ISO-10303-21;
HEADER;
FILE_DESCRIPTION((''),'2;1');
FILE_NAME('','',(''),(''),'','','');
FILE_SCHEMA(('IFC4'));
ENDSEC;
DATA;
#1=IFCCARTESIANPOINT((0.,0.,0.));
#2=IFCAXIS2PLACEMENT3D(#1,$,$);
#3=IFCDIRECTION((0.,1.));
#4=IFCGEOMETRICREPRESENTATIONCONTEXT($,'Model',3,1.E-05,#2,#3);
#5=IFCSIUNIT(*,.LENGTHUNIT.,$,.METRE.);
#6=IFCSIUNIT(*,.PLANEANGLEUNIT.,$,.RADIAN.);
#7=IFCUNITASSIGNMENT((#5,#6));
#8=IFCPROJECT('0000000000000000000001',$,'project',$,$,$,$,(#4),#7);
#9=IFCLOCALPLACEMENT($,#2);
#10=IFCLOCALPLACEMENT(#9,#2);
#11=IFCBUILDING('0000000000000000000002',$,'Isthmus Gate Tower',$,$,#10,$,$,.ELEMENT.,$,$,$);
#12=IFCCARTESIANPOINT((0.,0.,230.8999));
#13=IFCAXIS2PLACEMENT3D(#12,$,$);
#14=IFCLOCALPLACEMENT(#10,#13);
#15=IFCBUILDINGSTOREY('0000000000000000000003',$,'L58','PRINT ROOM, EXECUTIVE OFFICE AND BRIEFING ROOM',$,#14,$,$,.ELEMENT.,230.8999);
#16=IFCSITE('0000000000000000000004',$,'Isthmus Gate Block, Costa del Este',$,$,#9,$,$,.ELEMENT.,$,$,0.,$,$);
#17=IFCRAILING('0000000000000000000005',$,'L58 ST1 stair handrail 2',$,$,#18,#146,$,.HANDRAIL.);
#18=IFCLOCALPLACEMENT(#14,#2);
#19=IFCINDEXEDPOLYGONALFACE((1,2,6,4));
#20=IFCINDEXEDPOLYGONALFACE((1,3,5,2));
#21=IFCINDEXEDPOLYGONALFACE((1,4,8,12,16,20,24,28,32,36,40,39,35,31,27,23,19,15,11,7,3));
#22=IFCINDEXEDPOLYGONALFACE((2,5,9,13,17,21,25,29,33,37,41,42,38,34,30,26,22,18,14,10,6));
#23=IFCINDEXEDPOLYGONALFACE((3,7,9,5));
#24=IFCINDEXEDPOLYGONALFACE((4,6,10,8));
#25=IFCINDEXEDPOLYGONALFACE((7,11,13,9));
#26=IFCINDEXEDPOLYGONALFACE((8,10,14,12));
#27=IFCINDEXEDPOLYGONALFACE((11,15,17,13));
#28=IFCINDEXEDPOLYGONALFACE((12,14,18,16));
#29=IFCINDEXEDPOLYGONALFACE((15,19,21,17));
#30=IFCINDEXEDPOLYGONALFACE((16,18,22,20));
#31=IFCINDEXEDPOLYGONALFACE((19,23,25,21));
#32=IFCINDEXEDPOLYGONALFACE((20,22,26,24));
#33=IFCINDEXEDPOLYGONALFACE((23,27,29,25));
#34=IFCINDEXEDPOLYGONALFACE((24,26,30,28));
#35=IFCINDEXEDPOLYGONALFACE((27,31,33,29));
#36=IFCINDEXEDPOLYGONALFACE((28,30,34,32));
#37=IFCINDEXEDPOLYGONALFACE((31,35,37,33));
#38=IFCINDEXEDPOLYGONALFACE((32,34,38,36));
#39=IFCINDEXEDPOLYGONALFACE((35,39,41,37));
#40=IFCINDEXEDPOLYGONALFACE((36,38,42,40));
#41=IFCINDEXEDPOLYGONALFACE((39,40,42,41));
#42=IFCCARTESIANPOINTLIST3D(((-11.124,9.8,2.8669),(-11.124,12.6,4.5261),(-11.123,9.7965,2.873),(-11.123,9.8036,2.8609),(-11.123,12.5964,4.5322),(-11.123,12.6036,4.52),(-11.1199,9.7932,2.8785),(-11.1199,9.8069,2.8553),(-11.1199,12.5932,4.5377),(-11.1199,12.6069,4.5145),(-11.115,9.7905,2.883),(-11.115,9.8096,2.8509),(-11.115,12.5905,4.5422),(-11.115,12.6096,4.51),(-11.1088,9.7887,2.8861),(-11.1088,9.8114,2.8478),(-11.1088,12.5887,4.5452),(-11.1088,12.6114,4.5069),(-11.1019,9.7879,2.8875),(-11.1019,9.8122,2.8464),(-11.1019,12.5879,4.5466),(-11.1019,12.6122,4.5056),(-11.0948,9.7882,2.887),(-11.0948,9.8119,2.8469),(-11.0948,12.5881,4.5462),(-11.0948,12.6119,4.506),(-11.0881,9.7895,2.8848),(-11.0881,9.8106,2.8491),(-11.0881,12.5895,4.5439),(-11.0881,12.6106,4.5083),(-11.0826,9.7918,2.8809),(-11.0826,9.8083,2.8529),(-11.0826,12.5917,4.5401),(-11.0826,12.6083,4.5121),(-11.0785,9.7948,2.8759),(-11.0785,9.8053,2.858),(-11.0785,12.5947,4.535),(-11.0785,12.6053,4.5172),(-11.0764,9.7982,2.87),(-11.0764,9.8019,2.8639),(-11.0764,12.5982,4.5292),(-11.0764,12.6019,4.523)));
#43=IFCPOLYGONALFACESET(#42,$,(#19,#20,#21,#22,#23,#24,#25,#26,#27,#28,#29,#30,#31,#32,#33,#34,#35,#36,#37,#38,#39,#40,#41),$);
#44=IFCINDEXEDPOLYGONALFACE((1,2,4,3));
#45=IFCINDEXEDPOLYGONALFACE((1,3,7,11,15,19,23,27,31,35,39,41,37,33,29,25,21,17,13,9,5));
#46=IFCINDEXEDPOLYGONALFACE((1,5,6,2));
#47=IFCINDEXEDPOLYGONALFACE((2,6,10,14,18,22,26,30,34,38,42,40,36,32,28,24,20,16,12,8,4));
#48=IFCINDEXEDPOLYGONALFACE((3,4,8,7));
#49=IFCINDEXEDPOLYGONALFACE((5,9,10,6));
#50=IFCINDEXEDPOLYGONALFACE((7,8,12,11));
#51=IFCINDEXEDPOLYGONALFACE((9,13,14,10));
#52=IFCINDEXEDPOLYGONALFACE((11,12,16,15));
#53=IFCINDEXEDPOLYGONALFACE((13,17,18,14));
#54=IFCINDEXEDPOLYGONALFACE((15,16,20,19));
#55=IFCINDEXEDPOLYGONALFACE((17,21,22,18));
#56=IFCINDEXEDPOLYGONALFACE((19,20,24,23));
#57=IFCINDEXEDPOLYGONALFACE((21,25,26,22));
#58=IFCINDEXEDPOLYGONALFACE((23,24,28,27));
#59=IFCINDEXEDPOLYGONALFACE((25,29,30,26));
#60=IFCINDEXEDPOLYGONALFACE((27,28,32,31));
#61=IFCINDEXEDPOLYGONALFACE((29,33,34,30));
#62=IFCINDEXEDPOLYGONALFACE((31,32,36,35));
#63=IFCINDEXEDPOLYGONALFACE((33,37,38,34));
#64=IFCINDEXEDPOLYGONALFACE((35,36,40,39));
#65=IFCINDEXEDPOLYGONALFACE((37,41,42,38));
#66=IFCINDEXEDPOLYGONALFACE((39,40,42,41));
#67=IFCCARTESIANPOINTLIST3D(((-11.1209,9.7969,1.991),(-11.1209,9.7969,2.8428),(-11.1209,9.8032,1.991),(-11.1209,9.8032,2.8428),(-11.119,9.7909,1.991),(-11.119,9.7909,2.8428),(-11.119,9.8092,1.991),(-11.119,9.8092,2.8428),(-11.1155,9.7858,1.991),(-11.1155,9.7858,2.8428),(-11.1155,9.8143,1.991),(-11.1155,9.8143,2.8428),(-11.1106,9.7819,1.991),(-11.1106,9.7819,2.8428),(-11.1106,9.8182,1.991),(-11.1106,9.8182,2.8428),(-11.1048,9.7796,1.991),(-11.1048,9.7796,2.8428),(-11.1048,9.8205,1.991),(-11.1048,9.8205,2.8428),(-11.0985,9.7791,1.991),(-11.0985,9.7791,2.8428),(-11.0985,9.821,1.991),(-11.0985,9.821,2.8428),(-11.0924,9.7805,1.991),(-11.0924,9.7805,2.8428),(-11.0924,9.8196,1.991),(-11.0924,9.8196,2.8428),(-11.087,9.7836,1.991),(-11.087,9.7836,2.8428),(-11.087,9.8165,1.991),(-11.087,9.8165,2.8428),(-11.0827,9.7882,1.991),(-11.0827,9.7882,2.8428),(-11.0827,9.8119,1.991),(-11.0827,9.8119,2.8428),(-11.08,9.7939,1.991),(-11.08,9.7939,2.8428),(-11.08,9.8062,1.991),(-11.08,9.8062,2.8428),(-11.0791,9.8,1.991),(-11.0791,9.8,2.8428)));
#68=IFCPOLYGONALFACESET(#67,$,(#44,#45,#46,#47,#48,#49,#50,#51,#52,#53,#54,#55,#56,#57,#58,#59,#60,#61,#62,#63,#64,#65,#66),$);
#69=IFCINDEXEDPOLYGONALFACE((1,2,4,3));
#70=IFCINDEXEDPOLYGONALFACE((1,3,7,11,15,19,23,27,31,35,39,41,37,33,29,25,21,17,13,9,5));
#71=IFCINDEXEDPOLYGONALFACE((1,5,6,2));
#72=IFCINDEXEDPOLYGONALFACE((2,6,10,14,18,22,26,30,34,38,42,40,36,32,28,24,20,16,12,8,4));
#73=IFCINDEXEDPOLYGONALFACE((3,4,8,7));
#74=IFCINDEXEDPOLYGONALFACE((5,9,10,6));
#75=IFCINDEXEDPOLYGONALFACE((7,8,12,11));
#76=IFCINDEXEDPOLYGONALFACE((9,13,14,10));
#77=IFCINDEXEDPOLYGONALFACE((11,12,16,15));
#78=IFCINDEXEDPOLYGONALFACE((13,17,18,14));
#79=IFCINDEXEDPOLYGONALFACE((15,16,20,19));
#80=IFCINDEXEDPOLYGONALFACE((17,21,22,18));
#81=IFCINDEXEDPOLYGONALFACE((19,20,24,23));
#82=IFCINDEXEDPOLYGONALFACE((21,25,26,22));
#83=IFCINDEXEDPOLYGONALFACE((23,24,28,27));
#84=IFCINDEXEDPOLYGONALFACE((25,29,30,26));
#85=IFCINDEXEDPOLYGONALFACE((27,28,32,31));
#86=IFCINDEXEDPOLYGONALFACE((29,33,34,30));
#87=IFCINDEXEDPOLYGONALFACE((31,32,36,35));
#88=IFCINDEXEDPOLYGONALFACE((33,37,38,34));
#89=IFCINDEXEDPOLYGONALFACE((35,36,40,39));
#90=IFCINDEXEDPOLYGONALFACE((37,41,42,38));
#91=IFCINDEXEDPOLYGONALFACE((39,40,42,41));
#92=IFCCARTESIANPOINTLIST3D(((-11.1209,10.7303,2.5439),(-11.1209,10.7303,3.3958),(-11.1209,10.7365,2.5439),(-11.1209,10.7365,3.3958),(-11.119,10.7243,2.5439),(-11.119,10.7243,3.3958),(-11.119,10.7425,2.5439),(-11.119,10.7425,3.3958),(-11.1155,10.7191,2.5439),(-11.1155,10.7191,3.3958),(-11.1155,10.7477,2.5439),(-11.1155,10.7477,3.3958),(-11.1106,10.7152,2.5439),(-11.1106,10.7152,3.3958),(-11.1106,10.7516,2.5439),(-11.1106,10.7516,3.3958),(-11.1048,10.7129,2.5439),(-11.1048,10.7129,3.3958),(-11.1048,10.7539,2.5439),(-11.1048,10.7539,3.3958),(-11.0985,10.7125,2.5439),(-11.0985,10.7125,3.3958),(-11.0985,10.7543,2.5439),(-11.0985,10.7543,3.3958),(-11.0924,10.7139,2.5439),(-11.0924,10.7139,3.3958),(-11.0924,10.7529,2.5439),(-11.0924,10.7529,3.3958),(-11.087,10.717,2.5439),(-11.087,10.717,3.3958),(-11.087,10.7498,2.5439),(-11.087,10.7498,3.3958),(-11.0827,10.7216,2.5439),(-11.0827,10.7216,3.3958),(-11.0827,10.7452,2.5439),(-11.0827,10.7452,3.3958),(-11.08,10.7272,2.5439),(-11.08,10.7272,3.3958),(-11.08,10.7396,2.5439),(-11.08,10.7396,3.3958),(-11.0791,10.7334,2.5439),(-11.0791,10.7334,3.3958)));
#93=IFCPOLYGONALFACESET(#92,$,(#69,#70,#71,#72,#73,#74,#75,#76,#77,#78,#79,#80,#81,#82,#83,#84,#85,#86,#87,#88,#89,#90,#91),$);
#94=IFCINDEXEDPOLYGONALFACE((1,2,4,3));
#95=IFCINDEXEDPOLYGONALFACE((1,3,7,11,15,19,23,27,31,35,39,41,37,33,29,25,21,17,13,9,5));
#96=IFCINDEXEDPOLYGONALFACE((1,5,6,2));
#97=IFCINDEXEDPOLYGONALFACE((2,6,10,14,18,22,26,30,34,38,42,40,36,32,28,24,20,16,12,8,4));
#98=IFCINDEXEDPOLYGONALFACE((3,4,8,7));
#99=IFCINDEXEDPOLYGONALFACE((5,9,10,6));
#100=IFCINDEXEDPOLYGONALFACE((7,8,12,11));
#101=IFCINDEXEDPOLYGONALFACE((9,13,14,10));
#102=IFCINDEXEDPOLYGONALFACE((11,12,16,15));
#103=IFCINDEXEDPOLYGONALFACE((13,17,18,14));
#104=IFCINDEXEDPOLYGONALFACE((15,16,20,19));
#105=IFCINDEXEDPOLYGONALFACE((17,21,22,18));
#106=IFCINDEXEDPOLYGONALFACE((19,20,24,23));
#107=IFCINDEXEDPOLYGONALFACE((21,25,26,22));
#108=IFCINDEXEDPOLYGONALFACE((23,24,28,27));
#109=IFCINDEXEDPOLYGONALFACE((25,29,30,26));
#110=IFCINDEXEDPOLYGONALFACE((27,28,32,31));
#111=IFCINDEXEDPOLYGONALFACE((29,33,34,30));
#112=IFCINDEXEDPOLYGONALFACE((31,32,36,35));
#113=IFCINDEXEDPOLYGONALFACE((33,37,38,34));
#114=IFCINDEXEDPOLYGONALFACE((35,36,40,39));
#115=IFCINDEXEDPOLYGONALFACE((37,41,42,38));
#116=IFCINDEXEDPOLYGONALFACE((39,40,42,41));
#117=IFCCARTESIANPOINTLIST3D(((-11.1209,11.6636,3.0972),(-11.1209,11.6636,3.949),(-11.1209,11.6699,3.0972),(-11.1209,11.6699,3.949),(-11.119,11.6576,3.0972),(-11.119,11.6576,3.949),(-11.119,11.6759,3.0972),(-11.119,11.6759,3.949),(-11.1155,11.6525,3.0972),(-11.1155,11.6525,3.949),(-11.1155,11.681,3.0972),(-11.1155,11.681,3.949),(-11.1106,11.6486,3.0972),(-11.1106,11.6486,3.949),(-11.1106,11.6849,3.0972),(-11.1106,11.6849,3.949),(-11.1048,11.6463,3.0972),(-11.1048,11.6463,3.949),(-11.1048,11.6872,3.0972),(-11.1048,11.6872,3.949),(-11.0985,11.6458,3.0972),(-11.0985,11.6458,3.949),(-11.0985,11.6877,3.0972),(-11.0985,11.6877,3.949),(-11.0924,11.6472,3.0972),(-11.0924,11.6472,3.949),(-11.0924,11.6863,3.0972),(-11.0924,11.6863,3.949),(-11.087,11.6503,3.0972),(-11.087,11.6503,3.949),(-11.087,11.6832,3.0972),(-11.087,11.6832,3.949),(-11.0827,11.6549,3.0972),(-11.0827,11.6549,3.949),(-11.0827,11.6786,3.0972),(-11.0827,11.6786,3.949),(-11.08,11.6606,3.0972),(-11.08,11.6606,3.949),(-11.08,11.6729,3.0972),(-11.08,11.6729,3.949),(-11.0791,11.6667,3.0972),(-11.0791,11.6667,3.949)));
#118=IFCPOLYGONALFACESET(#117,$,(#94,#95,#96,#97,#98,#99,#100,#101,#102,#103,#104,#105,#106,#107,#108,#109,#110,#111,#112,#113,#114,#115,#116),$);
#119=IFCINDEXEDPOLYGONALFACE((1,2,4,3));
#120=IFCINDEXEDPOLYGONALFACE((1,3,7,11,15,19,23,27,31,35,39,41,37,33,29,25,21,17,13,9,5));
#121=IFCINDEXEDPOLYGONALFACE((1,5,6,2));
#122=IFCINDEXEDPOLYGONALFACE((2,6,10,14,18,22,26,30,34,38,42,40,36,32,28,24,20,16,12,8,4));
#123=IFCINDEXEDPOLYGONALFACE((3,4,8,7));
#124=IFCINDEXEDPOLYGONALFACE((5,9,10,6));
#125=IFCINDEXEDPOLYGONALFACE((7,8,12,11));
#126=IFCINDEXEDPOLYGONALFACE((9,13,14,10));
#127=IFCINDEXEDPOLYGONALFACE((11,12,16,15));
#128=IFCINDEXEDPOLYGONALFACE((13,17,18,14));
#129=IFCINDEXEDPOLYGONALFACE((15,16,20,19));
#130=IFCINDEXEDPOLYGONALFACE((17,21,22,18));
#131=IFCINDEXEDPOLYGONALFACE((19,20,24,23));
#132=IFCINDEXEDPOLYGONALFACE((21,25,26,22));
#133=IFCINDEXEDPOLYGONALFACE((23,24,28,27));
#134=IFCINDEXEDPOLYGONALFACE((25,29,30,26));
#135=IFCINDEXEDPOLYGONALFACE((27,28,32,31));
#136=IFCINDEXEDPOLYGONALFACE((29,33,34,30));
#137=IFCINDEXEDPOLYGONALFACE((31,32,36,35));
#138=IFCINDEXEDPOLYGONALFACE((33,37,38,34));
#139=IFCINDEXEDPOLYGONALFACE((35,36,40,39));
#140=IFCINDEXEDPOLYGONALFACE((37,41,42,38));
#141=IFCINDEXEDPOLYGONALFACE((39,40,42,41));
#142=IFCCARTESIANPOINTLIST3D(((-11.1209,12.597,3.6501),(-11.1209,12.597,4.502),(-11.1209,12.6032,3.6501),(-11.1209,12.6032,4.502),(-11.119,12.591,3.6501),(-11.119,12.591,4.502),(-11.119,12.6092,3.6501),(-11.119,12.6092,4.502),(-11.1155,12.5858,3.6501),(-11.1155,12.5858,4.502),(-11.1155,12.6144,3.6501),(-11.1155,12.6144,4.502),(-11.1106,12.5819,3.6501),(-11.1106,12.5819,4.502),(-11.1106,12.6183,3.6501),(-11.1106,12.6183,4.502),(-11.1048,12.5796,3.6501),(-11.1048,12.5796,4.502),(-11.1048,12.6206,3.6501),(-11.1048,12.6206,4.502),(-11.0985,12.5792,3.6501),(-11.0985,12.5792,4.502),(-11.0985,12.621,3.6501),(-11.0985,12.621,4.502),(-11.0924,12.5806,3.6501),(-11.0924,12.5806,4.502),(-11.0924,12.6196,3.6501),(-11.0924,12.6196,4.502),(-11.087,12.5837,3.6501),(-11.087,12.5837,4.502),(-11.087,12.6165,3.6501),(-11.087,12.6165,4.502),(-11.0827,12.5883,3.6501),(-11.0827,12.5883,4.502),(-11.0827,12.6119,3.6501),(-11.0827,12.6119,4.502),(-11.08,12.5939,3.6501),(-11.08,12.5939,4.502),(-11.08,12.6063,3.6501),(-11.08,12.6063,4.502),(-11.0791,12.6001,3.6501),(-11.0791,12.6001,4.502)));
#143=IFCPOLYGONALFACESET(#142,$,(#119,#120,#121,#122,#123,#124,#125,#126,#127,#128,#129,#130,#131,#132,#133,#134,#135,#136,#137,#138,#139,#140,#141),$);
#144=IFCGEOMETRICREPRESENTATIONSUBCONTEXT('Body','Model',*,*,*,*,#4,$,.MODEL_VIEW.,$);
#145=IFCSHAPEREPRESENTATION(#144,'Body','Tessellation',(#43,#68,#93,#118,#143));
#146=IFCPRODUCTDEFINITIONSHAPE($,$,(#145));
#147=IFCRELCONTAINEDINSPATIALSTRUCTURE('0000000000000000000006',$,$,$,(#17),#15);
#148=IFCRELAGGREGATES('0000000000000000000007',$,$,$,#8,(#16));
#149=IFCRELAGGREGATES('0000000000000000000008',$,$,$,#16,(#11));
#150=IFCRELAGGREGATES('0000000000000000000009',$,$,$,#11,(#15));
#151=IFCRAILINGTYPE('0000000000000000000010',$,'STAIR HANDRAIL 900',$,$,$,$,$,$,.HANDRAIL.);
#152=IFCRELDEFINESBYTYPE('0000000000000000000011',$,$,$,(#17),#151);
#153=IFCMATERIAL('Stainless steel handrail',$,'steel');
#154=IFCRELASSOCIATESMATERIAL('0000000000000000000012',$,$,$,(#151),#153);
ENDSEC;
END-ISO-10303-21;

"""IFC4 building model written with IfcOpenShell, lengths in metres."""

from ifc_helpers import new_model, si_unit, direction, frame, origin, origin_2d, place, context, subcontext, project, spatial, circle, extrude, material, type_object, element, save


model = new_model("IFC4")

# Units and contexts
model_context = context("Model", 3, precision=1e-05, world=origin(), true_north=direction((0.0, 1.0)))
body_context = subcontext(model_context, "Body", "Model", "MODEL_VIEW")
ifc_project = project(units=[si_unit("LENGTHUNIT", "METRE"), si_unit("PLANEANGLEUNIT", "RADIAN")], contexts=[model_context])

# Site, building, storey
site_placement = place(None, origin())
site = spatial("IfcSite", under=ifc_project, at=site_placement, Name="Isthmus Gate Block, Costa del Este", CompositionType="ELEMENT", RefElevation=0.0)
building_placement = place(site_placement, origin())
building = spatial("IfcBuilding", under=site, at=building_placement, Name="Isthmus Gate Tower", CompositionType="ELEMENT")
storey_placement = place(building_placement, frame((0.0, 0.0, 230.8999)))
storey = spatial("IfcBuildingStorey", under=building, at=storey_placement, Name="L58", Description="PRINT ROOM, EXECUTIVE OFFICE AND BRIEFING ROOM", CompositionType="ELEMENT", Elevation=230.8999)

# Railing
ifc_material_1 = material(Name="Stainless steel handrail", Category="steel")
railing_type_1 = type_object("IfcRailingType", Name="STAIR HANDRAIL 900", PredefinedType="HANDRAIL", material=ifc_material_1)
railing_1_placement = place(storey_placement, frame((-11.1001, 9.8, 1.991)))
element("IfcRailing", 1, at=railing_1_placement, inside=storey, type_object=railing_type_1, Name="L58 ST1 stair handrail 2", PredefinedType="HANDRAIL", context=body_context, shape_type="SweptSolid", body=[
    extrude(circle(Radius=0.0239, at=origin_2d()), frame((0.0, 0.0, 0.876), z_axis=(0.0, 0.860306, 0.509778), x_axis=(-1.0, 0.0, 0.0)), (0.0, 0.0, 1.0), 3.2546),
    extrude(circle(Radius=0.021, at=origin_2d()), origin(), (0.0, 0.0, 1.0), 0.8518),
    extrude(circle(Radius=0.021, at=origin_2d()), frame((0.0, 0.9333, 0.553)), (0.0, 0.0, 1.0), 0.8518),
    extrude(circle(Radius=0.021, at=origin_2d()), frame((0.0, 1.8667, 1.1062)), (0.0, 0.0, 1.0), 0.8518),
    extrude(circle(Radius=0.021, at=origin_2d()), frame((0.0, 2.8, 1.6592)), (0.0, 0.0, 1.0), 0.8518),
])

save(model, "model.ifc")
